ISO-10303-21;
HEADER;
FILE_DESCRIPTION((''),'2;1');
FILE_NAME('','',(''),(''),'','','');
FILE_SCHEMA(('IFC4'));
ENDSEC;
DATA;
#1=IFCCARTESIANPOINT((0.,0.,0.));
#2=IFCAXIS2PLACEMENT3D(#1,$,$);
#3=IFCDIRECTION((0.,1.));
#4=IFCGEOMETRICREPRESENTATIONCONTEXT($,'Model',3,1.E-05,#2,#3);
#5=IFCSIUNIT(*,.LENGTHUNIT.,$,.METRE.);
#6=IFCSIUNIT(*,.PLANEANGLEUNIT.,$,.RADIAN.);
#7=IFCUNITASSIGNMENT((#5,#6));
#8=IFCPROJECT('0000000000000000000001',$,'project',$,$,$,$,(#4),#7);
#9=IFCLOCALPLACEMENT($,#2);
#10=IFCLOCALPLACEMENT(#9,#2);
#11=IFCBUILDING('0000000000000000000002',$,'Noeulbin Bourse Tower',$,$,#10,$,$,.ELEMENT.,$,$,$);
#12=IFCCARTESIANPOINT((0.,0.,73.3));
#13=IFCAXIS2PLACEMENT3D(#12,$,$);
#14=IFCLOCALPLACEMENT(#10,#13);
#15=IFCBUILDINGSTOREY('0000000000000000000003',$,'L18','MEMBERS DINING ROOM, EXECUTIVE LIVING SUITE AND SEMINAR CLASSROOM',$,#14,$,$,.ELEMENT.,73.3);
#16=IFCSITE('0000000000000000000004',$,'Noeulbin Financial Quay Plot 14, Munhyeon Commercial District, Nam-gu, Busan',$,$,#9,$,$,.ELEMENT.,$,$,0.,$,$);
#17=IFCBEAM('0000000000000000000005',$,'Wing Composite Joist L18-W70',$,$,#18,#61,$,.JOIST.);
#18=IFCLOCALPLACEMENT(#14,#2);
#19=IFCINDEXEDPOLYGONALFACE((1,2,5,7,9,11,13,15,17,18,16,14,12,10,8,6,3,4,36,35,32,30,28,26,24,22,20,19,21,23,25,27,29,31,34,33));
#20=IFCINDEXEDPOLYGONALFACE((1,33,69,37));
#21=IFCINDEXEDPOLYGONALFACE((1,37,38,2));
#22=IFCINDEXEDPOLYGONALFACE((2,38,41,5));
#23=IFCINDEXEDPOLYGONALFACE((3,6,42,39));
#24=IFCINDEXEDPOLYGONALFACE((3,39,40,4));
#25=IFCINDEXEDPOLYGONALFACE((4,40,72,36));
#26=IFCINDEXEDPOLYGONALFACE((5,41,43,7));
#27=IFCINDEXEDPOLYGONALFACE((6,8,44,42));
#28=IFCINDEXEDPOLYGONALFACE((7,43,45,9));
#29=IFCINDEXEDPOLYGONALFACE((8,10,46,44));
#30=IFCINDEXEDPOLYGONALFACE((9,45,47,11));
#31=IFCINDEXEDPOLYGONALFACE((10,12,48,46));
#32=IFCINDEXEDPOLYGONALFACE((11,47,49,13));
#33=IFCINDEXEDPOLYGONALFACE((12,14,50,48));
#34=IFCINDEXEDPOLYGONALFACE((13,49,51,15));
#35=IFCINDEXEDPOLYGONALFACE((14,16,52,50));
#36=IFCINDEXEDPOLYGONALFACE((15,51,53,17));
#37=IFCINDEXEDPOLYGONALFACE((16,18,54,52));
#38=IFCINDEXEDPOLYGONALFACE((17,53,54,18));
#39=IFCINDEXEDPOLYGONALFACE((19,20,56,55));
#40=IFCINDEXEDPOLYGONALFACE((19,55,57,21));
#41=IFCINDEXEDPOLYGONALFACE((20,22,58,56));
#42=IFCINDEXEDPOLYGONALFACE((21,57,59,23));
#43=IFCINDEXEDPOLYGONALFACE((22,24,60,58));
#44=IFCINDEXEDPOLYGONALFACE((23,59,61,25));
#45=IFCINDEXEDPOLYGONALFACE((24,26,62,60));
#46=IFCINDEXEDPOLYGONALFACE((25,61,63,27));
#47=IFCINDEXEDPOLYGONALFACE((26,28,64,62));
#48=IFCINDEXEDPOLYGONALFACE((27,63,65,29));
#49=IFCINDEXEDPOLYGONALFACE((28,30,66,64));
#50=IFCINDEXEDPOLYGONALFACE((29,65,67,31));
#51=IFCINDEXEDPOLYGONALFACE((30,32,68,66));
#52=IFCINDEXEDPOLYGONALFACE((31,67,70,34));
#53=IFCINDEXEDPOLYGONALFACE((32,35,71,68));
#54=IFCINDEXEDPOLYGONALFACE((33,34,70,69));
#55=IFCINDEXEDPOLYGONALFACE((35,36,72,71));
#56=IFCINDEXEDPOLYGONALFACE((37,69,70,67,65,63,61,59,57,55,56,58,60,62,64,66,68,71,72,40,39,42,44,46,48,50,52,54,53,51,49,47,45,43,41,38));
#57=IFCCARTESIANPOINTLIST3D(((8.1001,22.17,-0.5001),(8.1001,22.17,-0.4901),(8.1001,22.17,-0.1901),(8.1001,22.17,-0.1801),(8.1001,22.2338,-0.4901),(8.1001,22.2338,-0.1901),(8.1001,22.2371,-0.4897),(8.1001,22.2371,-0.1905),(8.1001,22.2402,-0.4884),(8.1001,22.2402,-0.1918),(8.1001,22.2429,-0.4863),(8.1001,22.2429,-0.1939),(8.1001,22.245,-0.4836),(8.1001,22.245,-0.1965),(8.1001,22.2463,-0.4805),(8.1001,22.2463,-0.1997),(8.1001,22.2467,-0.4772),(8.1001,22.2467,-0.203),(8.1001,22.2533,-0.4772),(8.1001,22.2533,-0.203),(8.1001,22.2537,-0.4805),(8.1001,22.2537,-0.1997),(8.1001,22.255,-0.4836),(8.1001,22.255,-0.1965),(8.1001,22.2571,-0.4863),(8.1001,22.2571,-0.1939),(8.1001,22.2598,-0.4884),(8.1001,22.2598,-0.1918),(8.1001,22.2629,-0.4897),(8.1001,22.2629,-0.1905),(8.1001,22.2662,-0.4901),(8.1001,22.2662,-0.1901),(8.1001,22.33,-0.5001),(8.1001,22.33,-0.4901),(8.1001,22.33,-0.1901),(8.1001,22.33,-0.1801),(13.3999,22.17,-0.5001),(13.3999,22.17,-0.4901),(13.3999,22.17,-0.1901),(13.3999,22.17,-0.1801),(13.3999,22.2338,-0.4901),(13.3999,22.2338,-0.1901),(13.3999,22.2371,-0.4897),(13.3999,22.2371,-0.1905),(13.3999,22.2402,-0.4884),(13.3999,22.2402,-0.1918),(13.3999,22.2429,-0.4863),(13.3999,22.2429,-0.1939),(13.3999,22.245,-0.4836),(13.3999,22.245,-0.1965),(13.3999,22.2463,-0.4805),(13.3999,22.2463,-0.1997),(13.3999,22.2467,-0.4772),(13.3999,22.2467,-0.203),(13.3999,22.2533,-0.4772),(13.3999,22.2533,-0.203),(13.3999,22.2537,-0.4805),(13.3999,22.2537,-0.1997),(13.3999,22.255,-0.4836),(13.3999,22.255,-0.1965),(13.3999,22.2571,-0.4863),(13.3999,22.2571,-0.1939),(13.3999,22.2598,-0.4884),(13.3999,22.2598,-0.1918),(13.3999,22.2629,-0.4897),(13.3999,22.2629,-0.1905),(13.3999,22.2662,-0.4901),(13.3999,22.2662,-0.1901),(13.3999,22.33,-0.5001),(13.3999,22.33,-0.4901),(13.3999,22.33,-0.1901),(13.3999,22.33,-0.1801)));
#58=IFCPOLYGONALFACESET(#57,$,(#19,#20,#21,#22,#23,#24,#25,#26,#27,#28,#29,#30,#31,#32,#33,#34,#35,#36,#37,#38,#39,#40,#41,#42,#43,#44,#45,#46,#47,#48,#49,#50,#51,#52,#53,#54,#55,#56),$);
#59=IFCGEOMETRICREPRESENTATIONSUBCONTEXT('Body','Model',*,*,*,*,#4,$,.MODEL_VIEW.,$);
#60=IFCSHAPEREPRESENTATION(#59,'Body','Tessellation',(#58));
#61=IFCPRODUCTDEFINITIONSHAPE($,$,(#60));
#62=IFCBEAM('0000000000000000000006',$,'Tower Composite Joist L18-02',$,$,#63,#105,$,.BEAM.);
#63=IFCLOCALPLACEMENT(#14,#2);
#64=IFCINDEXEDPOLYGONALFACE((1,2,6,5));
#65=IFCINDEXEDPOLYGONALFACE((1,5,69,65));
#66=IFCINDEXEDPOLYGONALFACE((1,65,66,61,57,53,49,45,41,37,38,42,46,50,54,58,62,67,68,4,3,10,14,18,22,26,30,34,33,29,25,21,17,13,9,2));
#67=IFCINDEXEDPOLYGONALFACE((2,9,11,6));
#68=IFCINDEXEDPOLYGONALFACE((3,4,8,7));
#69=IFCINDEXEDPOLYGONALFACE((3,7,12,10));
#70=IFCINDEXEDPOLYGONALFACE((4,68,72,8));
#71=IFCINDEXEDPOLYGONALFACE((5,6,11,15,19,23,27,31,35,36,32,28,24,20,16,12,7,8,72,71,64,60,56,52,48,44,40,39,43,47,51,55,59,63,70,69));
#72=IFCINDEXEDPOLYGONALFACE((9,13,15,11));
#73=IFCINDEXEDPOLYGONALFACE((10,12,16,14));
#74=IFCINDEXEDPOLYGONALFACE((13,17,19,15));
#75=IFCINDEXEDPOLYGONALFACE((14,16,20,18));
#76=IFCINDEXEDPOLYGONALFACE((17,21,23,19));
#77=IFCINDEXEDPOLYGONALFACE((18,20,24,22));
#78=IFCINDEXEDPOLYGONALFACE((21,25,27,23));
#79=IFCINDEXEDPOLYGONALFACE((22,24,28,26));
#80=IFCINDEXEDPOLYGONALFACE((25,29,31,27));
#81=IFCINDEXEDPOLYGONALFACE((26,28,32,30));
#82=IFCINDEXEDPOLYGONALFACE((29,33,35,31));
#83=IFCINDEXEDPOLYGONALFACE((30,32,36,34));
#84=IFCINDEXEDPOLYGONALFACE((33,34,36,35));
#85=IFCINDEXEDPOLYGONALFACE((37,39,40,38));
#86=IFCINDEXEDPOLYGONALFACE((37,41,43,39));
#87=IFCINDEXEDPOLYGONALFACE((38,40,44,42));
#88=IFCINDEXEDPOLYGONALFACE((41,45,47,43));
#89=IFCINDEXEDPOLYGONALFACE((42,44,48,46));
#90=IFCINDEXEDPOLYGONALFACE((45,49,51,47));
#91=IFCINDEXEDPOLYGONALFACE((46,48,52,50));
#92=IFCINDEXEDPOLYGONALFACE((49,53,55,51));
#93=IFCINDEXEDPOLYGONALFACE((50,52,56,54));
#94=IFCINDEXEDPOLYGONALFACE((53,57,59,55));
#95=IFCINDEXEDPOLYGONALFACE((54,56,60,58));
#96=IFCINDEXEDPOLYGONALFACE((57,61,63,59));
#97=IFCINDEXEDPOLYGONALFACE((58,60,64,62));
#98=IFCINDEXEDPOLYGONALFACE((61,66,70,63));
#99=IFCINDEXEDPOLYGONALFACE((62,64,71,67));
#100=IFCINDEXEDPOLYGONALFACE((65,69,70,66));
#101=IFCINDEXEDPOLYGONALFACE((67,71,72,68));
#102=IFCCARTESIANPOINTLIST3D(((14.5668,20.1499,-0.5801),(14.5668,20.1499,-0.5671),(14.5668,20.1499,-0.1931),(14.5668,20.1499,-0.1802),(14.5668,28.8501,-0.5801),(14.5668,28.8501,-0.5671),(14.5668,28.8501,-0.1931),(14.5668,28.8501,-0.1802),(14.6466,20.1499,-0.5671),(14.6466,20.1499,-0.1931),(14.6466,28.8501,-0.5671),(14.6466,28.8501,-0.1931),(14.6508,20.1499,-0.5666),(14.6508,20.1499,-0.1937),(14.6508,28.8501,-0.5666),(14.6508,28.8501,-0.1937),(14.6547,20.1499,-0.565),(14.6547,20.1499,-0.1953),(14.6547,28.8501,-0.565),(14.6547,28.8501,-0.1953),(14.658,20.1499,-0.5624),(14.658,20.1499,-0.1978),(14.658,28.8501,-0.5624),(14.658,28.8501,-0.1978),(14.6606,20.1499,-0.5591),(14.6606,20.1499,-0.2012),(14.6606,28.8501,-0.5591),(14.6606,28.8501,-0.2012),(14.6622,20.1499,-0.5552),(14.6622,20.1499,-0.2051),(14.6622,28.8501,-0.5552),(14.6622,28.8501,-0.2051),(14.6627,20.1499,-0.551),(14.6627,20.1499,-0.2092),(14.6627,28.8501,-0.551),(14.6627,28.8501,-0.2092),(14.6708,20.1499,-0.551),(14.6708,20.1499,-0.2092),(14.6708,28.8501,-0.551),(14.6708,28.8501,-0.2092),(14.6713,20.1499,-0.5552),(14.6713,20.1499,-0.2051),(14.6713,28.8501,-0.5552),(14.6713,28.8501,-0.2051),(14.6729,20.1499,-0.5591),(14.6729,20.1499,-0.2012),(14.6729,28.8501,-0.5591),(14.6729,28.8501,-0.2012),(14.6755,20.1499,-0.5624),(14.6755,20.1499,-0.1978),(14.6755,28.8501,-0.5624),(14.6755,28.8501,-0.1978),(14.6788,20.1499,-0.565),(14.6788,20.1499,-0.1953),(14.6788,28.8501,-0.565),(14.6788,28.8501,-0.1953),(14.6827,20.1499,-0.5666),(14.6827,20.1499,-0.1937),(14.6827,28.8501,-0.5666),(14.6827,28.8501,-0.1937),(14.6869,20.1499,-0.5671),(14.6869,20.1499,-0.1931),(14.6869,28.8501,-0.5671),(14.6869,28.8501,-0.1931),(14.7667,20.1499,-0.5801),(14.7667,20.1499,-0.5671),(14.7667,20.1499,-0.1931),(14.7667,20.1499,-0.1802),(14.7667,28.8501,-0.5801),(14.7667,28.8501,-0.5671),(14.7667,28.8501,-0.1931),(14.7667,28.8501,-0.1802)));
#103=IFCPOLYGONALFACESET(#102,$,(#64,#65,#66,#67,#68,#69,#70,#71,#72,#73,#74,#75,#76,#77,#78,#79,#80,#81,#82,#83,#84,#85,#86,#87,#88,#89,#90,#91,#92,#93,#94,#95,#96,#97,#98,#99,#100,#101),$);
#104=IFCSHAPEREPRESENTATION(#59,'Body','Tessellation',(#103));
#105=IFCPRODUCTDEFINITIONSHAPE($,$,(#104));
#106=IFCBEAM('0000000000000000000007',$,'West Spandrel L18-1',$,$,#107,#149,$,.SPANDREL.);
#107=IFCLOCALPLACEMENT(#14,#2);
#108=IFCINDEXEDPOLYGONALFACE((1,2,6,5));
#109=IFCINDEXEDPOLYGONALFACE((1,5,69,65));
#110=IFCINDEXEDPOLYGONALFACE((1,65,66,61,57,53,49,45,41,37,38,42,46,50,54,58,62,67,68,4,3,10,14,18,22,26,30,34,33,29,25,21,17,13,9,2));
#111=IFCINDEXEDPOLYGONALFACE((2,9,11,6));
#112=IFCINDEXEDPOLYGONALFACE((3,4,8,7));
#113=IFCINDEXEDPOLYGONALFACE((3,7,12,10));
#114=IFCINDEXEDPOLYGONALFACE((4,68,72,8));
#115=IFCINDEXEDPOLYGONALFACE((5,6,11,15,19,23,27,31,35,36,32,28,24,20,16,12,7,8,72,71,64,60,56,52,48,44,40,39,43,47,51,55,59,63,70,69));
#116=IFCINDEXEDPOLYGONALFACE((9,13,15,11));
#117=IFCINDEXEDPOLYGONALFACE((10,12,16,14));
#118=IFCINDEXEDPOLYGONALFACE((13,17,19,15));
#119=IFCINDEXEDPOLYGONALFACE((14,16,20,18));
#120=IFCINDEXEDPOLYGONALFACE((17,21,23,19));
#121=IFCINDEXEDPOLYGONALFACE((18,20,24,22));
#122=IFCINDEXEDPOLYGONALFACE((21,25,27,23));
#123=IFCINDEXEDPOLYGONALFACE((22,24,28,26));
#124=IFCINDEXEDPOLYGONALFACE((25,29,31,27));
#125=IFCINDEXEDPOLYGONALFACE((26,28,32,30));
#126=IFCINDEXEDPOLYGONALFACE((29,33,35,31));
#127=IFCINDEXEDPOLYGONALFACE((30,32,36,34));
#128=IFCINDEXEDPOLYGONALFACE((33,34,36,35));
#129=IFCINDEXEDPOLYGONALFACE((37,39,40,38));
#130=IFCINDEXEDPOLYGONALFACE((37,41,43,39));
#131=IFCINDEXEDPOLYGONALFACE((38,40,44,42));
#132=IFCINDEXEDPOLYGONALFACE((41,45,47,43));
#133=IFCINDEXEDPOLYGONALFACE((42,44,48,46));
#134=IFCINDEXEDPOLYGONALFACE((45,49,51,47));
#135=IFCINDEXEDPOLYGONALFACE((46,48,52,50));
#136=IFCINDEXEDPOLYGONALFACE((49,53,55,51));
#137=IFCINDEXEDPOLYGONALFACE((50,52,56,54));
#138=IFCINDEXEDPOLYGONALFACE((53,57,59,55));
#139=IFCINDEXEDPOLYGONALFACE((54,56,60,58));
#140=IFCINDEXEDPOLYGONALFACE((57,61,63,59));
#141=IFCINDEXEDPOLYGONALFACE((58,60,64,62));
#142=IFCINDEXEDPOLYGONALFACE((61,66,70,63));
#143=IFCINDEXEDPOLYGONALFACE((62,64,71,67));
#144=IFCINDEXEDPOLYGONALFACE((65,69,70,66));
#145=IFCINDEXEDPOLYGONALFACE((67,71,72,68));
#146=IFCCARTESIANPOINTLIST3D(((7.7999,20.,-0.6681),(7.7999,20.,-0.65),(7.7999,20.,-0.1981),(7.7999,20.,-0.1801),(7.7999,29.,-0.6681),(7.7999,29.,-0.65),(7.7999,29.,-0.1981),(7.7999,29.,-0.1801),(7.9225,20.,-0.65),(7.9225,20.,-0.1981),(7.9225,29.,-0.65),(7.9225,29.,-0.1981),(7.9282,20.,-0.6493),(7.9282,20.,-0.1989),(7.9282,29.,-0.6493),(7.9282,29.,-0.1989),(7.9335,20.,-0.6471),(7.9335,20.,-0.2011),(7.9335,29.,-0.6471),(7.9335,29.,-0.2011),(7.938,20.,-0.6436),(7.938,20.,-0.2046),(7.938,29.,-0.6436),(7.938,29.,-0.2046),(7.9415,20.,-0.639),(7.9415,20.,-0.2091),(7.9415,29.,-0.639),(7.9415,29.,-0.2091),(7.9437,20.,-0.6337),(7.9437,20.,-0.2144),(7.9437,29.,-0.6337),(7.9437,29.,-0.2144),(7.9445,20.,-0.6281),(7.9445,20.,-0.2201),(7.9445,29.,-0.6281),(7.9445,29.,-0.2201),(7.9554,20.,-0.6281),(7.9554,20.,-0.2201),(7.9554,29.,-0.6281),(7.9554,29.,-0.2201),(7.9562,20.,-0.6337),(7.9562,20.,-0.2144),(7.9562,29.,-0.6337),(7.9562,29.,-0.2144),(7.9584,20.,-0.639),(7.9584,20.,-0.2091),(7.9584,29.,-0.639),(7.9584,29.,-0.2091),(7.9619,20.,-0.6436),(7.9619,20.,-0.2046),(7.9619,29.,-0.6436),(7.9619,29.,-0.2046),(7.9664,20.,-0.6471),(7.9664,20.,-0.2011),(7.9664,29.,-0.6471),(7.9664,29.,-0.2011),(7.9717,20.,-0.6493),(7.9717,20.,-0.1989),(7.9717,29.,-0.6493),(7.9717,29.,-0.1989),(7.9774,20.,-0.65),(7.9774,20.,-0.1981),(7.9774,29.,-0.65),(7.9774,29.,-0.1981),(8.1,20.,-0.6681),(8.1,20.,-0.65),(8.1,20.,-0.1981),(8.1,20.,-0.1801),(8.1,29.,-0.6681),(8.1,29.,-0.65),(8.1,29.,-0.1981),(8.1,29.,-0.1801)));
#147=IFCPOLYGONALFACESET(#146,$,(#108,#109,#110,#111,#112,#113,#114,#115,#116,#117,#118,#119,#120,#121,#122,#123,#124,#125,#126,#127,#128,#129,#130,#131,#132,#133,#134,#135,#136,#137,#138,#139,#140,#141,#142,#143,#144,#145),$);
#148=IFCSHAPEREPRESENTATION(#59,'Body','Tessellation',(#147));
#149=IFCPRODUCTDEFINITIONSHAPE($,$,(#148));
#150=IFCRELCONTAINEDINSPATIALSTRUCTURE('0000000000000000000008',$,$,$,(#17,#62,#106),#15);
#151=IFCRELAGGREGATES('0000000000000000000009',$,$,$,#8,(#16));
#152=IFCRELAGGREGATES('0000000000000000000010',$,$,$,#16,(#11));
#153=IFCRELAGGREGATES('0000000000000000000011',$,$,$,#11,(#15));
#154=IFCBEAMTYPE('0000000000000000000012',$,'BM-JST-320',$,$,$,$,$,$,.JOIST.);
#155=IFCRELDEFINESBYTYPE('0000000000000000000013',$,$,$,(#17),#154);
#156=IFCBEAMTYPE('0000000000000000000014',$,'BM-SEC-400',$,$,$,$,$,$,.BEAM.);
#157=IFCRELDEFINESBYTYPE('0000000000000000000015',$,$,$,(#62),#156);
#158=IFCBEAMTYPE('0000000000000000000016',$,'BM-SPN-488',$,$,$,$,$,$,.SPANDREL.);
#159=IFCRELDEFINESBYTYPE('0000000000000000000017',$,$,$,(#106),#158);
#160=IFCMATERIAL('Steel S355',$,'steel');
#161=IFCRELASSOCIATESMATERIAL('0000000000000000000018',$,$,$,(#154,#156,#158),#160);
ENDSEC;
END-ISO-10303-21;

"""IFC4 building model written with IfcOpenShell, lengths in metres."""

from ifc_helpers import new_model, si_unit, direction, frame, origin, origin_2d, place, context, subcontext, project, spatial, i_section, extrude, material, material_profile, profile_set, type_object, element, save


model = new_model("IFC4")

# Units and contexts
model_context = context("Model", 3, precision=1e-05, world=origin(), true_north=direction((0.0, 1.0)))
body_context = subcontext(model_context, "Body", "Model", "MODEL_VIEW")
ifc_project = project(units=[si_unit("LENGTHUNIT", "METRE"), si_unit("PLANEANGLEUNIT", "RADIAN")], contexts=[model_context])

# Site, building, storey
site_placement = place(None, origin())
site = spatial("IfcSite", under=ifc_project, at=site_placement, Name="Noeulbin Financial Quay Plot 14, Munhyeon Commercial District, Nam-gu, Busan", CompositionType="ELEMENT", RefElevation=0.0)
building_placement = place(site_placement, origin())
building = spatial("IfcBuilding", under=site, at=building_placement, Name="Noeulbin Bourse Tower", CompositionType="ELEMENT")
storey_placement = place(building_placement, frame((0.0, 0.0, 73.3)))
storey = spatial("IfcBuildingStorey", under=building, at=storey_placement, Name="L18", Description="MEMBERS DINING ROOM, EXECUTIVE LIVING SUITE AND SEMINAR CLASSROOM", CompositionType="ELEMENT", Elevation=73.3)

# Beams
ifc_material_1 = material(Name="Steel S355", Category="steel")
ifc_material_profile_1 = material_profile(ifc_material_1, i_section(OverallWidth=0.1599, OverallDepth=0.3201, WebThickness=0.0066, FlangeThickness=0.01, FilletRadius=0.0129, at=origin_2d()), Name="H-320x160x6.5x10", Category="LoadBearing")
ifc_profile_set_1 = profile_set([ifc_material_profile_1], Name="Steel S355")
beam_type_1 = type_object("IfcBeamType", Name="BM-JST-320", PredefinedType="JOIST", material=ifc_profile_set_1)
beam_1_placement = place(storey_placement, frame((8.1001, 22.25, -0.3401), z_axis=(1.0, 0.0, 0.0), x_axis=(0.0, 1.0, 0.0)))
element("IfcBeam", 1, at=beam_1_placement, inside=storey, type_object=beam_type_1, Name="Wing Composite Joist L18-W70", PredefinedType="JOIST", context=body_context, shape_type="SweptSolid", body=[
    extrude(i_section(OverallWidth=0.1599, OverallDepth=0.3201, WebThickness=0.0066, FlangeThickness=0.01, FilletRadius=0.0129, at=origin_2d()), origin(), (0.0, 0.0, 1.0), 5.2998),
])
ifc_material_profile_2 = material_profile(ifc_material_1, i_section(OverallWidth=0.2, OverallDepth=0.3999, WebThickness=0.0081, FlangeThickness=0.0129, FilletRadius=0.0161, at=origin_2d()), Name="H-400x200x8x13", Category="LoadBearing")
ifc_profile_set_2 = profile_set([ifc_material_profile_2], Name="Steel S355")
beam_type_2 = type_object("IfcBeamType", Name="BM-SEC-400", PredefinedType="BEAM", material=ifc_profile_set_2)
beam_2_placement = place(storey_placement, frame((14.6667, 20.1499, -0.3801), z_axis=(0.0, 1.0, 0.0), x_axis=(-1.0, 0.0, 0.0)))
element("IfcBeam", 2, at=beam_2_placement, inside=storey, type_object=beam_type_2, Name="Tower Composite Joist L18-02", PredefinedType="BEAM", context=body_context, shape_type="SweptSolid", body=[
    extrude(i_section(OverallWidth=0.2, OverallDepth=0.3999, WebThickness=0.0081, FlangeThickness=0.0129, FilletRadius=0.0161, at=origin_2d()), origin(), (0.0, 0.0, 1.0), 8.7002),
])
ifc_material_profile_3 = material_profile(ifc_material_1, i_section(OverallWidth=0.3, OverallDepth=0.488, WebThickness=0.011, FlangeThickness=0.0181, FilletRadius=0.022, at=origin_2d()), Name="H-488x300x11x18", Category="LoadBearing")
ifc_profile_set_3 = profile_set([ifc_material_profile_3], Name="Steel S355")
beam_type_3 = type_object("IfcBeamType", Name="BM-SPN-488", PredefinedType="SPANDREL", material=ifc_profile_set_3)
beam_3_placement = place(storey_placement, frame((7.95, 20.0, -0.4241), z_axis=(0.0, 1.0, 0.0), x_axis=(-1.0, 0.0, 0.0)))
element("IfcBeam", 3, at=beam_3_placement, inside=storey, type_object=beam_type_3, Name="West Spandrel L18-1", PredefinedType="SPANDREL", context=body_context, shape_type="SweptSolid", body=[
    extrude(i_section(OverallWidth=0.3, OverallDepth=0.488, WebThickness=0.011, FlangeThickness=0.0181, FilletRadius=0.022, at=origin_2d()), origin(), (0.0, 0.0, 1.0), 9.0),
])

save(model, "model.ifc")
